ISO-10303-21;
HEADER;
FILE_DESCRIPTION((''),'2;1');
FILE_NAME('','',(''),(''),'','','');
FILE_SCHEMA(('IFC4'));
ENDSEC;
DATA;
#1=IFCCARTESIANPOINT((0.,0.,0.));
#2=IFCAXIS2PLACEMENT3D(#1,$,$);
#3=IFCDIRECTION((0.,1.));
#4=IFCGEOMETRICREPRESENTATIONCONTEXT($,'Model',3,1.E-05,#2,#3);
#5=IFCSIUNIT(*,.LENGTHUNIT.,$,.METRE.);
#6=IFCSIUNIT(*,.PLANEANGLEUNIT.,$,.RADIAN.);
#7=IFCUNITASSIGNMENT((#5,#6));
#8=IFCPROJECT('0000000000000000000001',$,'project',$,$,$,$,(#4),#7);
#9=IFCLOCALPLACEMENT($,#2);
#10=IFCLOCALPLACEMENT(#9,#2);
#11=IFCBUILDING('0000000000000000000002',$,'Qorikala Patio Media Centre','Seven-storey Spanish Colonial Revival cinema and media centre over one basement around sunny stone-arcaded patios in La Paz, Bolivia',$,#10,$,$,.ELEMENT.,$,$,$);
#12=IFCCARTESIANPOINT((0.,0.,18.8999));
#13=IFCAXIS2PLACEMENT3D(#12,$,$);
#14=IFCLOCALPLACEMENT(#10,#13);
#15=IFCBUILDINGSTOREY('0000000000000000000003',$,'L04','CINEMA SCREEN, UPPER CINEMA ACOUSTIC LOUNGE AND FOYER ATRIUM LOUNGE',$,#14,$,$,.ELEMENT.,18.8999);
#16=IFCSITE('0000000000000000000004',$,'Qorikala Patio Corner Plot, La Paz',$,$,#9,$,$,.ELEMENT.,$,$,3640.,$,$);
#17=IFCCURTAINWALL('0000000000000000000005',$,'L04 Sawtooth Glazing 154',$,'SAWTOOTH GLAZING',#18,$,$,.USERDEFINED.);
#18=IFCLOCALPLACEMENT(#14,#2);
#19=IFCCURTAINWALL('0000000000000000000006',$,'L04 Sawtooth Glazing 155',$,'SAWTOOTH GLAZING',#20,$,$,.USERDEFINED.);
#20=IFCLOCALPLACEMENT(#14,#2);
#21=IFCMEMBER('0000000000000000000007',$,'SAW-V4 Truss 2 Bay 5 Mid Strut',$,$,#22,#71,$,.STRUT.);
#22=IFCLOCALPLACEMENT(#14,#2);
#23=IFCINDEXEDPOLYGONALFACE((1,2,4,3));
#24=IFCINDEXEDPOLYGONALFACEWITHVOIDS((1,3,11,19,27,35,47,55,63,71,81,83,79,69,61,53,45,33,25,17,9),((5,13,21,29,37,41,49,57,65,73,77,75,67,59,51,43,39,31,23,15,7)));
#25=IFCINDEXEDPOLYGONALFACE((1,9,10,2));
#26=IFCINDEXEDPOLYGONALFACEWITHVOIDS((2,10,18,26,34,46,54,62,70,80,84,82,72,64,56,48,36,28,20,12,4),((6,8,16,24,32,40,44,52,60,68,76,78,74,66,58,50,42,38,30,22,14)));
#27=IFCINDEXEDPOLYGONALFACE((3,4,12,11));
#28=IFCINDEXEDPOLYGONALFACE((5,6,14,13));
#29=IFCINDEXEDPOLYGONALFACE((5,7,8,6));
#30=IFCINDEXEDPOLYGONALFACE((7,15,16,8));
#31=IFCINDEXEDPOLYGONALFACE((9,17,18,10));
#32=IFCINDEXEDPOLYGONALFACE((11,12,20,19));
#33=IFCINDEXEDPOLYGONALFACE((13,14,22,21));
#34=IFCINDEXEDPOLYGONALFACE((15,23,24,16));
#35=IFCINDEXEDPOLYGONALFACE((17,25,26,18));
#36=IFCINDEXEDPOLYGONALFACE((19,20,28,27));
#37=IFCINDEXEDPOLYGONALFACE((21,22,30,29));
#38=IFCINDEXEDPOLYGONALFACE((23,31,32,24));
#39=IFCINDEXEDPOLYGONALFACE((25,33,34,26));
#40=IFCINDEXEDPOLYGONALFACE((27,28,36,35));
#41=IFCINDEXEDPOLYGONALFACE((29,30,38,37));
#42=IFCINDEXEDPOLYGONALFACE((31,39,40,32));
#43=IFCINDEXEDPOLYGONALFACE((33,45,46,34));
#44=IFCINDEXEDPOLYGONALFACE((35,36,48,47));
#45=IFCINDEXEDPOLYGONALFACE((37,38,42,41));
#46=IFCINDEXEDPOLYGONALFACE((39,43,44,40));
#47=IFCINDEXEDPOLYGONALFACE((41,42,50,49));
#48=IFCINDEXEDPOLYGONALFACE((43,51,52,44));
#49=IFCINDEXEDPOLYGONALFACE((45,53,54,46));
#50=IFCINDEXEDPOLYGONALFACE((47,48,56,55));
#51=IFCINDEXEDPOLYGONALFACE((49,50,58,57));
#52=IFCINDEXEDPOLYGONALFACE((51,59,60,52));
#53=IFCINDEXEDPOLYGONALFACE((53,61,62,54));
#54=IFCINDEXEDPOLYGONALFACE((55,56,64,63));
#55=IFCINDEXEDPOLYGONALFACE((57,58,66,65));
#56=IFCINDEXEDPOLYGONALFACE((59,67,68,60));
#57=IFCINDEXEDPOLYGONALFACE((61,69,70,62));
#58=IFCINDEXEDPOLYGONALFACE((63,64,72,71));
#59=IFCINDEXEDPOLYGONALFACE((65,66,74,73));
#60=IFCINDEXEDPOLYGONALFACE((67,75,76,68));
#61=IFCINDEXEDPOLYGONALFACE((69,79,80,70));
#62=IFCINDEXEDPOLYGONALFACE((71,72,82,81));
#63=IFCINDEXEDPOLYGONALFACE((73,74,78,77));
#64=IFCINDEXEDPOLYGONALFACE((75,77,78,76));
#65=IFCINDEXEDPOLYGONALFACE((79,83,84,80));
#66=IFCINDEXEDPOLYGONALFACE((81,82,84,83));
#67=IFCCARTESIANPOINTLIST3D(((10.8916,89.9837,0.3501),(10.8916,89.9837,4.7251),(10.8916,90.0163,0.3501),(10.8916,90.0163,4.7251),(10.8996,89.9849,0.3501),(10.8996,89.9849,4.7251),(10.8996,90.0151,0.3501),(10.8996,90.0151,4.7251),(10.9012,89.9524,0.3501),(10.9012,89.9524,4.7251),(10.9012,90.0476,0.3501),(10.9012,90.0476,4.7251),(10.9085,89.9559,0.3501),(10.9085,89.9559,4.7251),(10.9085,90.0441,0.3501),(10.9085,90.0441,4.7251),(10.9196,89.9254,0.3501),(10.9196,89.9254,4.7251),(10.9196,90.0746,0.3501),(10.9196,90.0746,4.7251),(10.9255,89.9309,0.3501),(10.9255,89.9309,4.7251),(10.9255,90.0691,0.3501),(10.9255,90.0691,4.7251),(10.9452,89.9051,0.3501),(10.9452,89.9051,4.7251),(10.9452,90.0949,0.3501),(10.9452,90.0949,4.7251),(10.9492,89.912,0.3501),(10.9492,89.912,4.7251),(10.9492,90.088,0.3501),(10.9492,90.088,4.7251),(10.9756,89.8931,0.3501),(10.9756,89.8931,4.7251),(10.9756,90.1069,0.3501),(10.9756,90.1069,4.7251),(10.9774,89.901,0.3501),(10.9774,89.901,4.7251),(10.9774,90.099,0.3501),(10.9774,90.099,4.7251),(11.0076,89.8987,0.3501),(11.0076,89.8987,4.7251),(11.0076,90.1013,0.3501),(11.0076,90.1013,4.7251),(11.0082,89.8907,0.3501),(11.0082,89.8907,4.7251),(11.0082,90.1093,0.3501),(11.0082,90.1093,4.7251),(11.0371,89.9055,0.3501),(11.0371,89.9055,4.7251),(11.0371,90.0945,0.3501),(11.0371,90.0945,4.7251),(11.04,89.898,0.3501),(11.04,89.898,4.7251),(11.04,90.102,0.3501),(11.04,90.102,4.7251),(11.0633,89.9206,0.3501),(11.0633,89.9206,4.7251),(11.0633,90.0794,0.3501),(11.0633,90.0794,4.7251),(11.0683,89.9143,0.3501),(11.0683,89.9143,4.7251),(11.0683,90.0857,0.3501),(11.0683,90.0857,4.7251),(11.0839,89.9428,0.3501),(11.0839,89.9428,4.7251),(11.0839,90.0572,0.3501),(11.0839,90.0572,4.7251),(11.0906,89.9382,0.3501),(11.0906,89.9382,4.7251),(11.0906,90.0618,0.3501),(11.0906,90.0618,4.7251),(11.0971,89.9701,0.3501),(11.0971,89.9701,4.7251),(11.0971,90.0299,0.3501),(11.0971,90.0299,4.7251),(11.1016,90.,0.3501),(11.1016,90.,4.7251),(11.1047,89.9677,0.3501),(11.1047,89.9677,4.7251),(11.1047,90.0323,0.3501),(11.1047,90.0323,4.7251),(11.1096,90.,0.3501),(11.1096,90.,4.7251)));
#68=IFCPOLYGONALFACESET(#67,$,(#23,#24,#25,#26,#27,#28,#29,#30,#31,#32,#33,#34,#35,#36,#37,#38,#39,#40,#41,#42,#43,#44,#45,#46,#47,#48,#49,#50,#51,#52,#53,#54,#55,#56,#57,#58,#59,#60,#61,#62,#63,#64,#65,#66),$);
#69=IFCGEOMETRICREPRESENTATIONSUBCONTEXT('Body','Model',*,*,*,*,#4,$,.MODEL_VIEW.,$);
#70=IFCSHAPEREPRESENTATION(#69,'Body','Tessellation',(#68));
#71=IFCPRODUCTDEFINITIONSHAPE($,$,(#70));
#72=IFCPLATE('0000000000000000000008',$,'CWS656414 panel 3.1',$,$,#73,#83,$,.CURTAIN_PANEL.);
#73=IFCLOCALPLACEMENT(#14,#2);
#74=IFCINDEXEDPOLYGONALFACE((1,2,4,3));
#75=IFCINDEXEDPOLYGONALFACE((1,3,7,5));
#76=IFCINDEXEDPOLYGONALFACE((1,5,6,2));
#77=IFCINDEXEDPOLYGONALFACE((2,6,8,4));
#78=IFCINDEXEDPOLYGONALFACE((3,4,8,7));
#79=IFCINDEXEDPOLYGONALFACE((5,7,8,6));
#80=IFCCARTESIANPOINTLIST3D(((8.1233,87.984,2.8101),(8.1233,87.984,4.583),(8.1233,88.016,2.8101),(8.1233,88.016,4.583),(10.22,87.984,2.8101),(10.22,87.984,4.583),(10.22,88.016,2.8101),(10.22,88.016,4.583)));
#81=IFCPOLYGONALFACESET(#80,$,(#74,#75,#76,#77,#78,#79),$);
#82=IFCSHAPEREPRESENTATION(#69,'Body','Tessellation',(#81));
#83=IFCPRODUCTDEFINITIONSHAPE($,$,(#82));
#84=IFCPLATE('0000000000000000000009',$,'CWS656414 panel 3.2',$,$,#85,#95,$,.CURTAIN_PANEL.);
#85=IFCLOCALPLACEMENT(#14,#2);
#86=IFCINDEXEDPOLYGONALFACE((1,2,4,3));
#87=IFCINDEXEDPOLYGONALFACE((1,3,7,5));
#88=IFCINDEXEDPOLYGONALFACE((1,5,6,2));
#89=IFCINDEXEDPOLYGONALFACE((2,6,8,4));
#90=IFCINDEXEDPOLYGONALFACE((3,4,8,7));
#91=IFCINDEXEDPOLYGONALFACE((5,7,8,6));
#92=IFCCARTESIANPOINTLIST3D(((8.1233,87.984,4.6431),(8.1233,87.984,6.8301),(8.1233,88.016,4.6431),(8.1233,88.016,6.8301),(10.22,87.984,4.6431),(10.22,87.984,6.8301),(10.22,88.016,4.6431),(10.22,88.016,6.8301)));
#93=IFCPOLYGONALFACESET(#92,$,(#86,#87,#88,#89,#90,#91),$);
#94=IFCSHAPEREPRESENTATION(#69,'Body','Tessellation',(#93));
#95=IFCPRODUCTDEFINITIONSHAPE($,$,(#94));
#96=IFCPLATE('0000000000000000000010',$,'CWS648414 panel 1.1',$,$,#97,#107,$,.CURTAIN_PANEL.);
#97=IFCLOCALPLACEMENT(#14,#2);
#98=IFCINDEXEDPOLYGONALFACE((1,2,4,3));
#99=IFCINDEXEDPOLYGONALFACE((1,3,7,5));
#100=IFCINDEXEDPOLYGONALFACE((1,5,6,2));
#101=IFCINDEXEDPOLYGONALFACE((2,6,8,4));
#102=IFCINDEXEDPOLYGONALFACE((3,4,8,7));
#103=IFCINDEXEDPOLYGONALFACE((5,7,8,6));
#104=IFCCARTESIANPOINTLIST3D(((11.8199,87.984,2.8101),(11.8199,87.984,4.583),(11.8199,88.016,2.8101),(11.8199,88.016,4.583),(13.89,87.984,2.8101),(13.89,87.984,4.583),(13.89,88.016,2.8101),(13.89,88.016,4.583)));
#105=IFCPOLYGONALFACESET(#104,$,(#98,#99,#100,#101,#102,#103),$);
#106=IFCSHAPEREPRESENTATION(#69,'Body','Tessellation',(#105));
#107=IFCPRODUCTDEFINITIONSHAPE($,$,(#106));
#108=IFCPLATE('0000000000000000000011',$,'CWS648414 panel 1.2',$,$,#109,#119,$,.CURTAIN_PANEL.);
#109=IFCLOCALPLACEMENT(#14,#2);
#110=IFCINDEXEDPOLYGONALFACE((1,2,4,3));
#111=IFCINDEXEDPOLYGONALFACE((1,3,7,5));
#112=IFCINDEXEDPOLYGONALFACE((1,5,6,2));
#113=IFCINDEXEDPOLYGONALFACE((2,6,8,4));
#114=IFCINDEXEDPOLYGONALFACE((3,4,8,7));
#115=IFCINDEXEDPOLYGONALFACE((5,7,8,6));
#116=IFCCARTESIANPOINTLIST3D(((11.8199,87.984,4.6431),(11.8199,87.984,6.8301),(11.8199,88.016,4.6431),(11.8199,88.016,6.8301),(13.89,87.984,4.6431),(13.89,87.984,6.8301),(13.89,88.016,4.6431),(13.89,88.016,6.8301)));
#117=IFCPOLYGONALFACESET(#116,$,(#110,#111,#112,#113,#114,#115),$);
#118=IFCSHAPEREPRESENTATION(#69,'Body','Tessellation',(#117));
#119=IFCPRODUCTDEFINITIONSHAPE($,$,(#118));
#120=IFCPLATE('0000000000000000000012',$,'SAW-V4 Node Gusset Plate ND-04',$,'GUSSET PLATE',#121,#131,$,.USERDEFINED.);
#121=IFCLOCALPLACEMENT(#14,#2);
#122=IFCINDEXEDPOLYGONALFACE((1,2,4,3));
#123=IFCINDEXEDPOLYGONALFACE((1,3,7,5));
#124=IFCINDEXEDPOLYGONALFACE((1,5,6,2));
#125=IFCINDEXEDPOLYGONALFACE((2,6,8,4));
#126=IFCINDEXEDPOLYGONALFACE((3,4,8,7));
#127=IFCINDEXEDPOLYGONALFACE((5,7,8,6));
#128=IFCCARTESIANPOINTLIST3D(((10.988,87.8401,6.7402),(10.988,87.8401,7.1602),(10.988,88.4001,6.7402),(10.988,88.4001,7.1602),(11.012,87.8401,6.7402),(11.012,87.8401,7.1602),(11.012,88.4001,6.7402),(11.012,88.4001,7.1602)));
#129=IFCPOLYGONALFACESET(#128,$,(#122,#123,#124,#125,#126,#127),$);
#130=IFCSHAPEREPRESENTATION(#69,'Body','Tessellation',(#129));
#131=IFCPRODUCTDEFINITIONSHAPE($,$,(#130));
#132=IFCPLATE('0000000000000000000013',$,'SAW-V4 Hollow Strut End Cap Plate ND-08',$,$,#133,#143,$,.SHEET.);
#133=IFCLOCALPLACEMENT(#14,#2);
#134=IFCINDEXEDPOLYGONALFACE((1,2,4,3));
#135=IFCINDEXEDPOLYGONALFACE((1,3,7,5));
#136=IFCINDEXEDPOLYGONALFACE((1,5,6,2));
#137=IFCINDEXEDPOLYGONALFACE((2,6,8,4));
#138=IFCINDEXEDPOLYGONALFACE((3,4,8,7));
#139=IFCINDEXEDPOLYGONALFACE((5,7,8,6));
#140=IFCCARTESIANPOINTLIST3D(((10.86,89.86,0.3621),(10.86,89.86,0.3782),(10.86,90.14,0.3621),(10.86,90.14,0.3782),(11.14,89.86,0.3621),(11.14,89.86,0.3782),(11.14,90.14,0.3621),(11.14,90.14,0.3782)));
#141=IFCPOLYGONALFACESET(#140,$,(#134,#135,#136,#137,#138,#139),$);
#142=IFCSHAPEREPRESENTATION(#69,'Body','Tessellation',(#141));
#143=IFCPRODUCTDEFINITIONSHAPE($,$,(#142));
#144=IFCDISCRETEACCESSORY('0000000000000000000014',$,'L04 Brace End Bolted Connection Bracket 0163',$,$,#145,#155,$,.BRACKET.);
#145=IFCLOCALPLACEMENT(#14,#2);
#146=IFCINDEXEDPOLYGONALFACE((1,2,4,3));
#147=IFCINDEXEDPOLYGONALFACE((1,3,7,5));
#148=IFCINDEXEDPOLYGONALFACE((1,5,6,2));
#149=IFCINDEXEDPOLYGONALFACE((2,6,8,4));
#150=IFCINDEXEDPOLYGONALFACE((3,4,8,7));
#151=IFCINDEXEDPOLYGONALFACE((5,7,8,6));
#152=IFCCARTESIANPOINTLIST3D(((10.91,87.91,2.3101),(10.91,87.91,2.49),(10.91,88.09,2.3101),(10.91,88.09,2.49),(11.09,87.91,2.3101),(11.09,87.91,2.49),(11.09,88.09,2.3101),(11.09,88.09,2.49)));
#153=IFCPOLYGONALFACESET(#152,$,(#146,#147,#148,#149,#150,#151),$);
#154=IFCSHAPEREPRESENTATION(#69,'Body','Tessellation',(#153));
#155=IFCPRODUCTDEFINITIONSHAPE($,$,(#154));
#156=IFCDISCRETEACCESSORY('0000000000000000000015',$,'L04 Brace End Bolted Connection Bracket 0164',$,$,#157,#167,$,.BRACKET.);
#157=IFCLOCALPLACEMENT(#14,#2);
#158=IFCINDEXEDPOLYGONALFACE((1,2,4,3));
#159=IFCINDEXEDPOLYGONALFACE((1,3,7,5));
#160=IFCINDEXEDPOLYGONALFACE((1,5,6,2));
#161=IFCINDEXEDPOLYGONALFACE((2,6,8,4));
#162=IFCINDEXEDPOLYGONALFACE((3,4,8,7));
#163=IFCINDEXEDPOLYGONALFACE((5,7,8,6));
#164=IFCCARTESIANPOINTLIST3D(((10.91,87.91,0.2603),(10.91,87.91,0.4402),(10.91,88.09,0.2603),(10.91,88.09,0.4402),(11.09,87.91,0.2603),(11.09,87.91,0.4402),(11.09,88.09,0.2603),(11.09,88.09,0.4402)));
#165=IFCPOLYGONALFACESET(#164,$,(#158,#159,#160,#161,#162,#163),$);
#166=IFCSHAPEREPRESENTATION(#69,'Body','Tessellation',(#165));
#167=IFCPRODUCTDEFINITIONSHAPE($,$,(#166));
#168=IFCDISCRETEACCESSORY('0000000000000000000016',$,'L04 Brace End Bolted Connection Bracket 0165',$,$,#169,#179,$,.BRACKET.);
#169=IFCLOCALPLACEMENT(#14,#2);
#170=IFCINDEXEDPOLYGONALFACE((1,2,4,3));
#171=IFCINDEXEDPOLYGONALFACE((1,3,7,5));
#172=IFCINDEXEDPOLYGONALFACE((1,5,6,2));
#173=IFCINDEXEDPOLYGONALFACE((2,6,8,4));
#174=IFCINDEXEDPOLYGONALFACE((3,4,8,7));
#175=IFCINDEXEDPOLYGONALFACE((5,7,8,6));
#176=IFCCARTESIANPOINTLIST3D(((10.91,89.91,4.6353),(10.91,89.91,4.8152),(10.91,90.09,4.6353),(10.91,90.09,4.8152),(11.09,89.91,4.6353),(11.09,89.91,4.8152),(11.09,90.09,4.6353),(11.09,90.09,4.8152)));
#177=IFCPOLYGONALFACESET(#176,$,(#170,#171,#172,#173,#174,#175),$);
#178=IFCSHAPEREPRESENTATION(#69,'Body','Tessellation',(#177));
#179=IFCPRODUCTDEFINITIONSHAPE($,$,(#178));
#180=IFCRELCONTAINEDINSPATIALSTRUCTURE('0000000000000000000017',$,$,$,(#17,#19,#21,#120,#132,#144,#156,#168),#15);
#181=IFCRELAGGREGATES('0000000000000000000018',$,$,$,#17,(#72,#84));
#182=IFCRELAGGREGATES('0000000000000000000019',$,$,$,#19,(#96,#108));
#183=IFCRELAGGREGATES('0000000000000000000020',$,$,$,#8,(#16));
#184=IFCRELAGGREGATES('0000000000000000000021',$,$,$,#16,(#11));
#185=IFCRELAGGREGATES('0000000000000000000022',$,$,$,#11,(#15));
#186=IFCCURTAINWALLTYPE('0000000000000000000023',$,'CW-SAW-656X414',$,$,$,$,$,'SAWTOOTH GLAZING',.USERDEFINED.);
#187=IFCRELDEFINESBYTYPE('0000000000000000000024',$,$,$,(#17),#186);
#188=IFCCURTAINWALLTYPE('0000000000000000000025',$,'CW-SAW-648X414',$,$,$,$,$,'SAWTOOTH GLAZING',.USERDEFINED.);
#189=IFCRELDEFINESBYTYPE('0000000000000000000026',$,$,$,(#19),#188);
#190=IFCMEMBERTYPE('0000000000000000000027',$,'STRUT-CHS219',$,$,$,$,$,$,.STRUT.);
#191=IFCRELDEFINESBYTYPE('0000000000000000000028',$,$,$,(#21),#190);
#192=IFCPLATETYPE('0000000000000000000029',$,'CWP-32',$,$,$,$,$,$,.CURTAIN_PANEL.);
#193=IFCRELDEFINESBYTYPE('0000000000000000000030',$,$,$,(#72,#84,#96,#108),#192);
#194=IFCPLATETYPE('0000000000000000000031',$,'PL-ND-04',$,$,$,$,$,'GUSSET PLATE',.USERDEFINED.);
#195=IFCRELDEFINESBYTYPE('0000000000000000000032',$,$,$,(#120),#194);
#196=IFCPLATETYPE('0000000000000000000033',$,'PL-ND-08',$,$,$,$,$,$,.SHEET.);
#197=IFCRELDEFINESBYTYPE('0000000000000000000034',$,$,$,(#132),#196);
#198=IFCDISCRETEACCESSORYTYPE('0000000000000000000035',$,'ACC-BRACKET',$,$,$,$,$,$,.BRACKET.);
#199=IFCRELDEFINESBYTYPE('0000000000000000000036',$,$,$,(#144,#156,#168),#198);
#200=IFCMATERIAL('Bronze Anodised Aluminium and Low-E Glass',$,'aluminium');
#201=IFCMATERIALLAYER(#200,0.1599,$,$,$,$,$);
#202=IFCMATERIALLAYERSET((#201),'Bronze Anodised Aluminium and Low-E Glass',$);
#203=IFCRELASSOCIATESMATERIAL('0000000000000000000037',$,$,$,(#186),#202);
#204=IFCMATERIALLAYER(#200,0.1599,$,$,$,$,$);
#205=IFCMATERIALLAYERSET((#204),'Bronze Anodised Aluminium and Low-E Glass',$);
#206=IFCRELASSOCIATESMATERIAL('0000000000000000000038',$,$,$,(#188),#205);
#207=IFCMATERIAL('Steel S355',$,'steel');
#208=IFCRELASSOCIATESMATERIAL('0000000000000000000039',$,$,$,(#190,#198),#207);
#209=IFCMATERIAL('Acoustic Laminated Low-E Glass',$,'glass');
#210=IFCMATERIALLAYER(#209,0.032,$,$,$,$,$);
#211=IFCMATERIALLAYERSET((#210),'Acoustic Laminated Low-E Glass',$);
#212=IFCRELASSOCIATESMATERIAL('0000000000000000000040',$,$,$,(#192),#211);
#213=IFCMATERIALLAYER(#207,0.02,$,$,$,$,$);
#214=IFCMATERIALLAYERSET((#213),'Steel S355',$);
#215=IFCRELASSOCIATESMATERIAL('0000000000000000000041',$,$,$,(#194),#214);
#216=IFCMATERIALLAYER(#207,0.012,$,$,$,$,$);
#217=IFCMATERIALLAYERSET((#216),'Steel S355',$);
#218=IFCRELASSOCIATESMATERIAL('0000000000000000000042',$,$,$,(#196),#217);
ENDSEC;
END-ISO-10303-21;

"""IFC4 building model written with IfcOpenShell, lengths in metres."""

from ifc_helpers import new_model, si_unit, direction, frame, origin, origin_2d, place, context, subcontext, project, spatial, rectangle, hollow_circle, extrude, material, layer, layer_set, material_profile, profile_set, type_object, element, aggregate, save


model = new_model("IFC4")

# Units and contexts
model_context = context("Model", 3, precision=1e-05, world=origin(), true_north=direction((0.0, 1.0)))
body_context = subcontext(model_context, "Body", "Model", "MODEL_VIEW")
ifc_project = project(units=[si_unit("LENGTHUNIT", "METRE"), si_unit("PLANEANGLEUNIT", "RADIAN")], contexts=[model_context])

# Site, building, storey
site_placement = place(None, origin())
site = spatial("IfcSite", under=ifc_project, at=site_placement, Name="Qorikala Patio Corner Plot, La Paz", CompositionType="ELEMENT", RefElevation=3640.0)
building_placement = place(site_placement, origin())
building = spatial("IfcBuilding", under=site, at=building_placement, Name="Qorikala Patio Media Centre", Description="Seven-storey Spanish Colonial Revival cinema and media centre over one basement around sunny stone-arcaded patios in La Paz, Bolivia", CompositionType="ELEMENT")
storey_placement = place(building_placement, frame((0.0, 0.0, 18.8999)))
storey = spatial("IfcBuildingStorey", under=building, at=storey_placement, Name="L04", Description="CINEMA SCREEN, UPPER CINEMA ACOUSTIC LOUNGE AND FOYER ATRIUM LOUNGE", CompositionType="ELEMENT", Elevation=18.8999)

# Shared definitions
ifc_material_1 = material(Name="Steel S355", Category="steel")

# Curtain wall
ifc_material_2 = material(Name="Bronze Anodised Aluminium and Low-E Glass", Category="aluminium")
ifc_layer_1 = layer(ifc_material_2, 0.1599)
ifc_layer_set_1 = layer_set([ifc_layer_1], Name="Bronze Anodised Aluminium and Low-E Glass")
curtain_wall_type_1 = type_object("IfcCurtainWallType", Name="CW-SAW-656X414", ElementType="SAWTOOTH GLAZING", PredefinedType="USERDEFINED", material=ifc_layer_set_1)
curtain_wall_1_placement = place(storey_placement, origin())
curtain_wall_1 = element("IfcCurtainWall", 1, at=curtain_wall_1_placement, inside=storey, type_object=curtain_wall_type_1, Name="L04 Sawtooth Glazing 154", ObjectType="SAWTOOTH GLAZING", PredefinedType="USERDEFINED")

# Curtain wall
ifc_layer_2 = layer(ifc_material_2, 0.1599)
ifc_layer_set_2 = layer_set([ifc_layer_2], Name="Bronze Anodised Aluminium and Low-E Glass")
curtain_wall_type_2 = type_object("IfcCurtainWallType", Name="CW-SAW-648X414", ElementType="SAWTOOTH GLAZING", PredefinedType="USERDEFINED", material=ifc_layer_set_2)
curtain_wall_2_placement = place(storey_placement, origin())
curtain_wall_2 = element("IfcCurtainWall", 2, at=curtain_wall_2_placement, inside=storey, type_object=curtain_wall_type_2, Name="L04 Sawtooth Glazing 155", ObjectType="SAWTOOTH GLAZING", PredefinedType="USERDEFINED")

# Member
ifc_material_profile_1 = material_profile(ifc_material_1, hollow_circle(Radius=0.1096, WallThickness=0.0081, at=origin_2d()), Name="CHS219X8")
ifc_profile_set_1 = profile_set([ifc_material_profile_1], Name="Steel S355")
member_type_1 = type_object("IfcMemberType", Name="STRUT-CHS219", PredefinedType="STRUT", material=ifc_profile_set_1)
member_1_placement = place(storey_placement, frame((11.0, 90.0, 0.3501), z_axis=(0.0, 0.0, 1.0), x_axis=(1.0, 0.0, 0.0)))
element("IfcMember", 3, at=member_1_placement, inside=storey, type_object=member_type_1, Name="SAW-V4 Truss 2 Bay 5 Mid Strut", PredefinedType="STRUT", context=body_context, shape_type="SweptSolid", body=[
    extrude(hollow_circle(Radius=0.1096, WallThickness=0.0081, at=origin_2d()), origin(), (0.0, 0.0, 1.0), 4.375),
])

# Plates
ifc_material_3 = material(Name="Acoustic Laminated Low-E Glass", Category="glass")
ifc_layer_3 = layer(ifc_material_3, 0.032)
ifc_layer_set_3 = layer_set([ifc_layer_3], Name="Acoustic Laminated Low-E Glass")
plate_type_1 = type_object("IfcPlateType", Name="CWP-32", PredefinedType="CURTAIN_PANEL", material=ifc_layer_set_3)
plate_1_placement = place(storey_placement, frame((9.1716, 88.0, 2.8101), z_axis=(0.0, 0.0, 1.0), x_axis=(1.0, 0.0, 0.0)))
plate_1 = element("IfcPlate", 4, at=plate_1_placement, type_object=plate_type_1, Name="CWS656414 panel 3.1", PredefinedType="CURTAIN_PANEL", context=body_context, shape_type="SweptSolid", body=[
    extrude(rectangle(XDim=2.0967, YDim=0.032, at=origin_2d()), origin(), (0.0, 0.0, 1.0), 1.7729),
])
plate_2_placement = place(storey_placement, frame((9.1716, 88.0, 4.6431), z_axis=(0.0, 0.0, 1.0), x_axis=(1.0, 0.0, 0.0)))
plate_2 = element("IfcPlate", 5, at=plate_2_placement, type_object=plate_type_1, Name="CWS656414 panel 3.2", PredefinedType="CURTAIN_PANEL", context=body_context, shape_type="SweptSolid", body=[
    extrude(rectangle(XDim=2.0967, YDim=0.032, at=origin_2d()), origin(), (0.0, 0.0, 1.0), 2.187),
])
aggregate(curtain_wall_1, [plate_1, plate_2])
plate_3_placement = place(storey_placement, frame((12.855, 88.0, 2.8101), z_axis=(0.0, 0.0, 1.0), x_axis=(1.0, 0.0, 0.0)))
plate_3 = element("IfcPlate", 6, at=plate_3_placement, type_object=plate_type_1, Name="CWS648414 panel 1.1", PredefinedType="CURTAIN_PANEL", context=body_context, shape_type="SweptSolid", body=[
    extrude(rectangle(XDim=2.0701, YDim=0.032, at=origin_2d()), origin(), (0.0, 0.0, 1.0), 1.7729),
])
plate_4_placement = place(storey_placement, frame((12.855, 88.0, 4.6431), z_axis=(0.0, 0.0, 1.0), x_axis=(1.0, 0.0, 0.0)))
plate_4 = element("IfcPlate", 7, at=plate_4_placement, type_object=plate_type_1, Name="CWS648414 panel 1.2", PredefinedType="CURTAIN_PANEL", context=body_context, shape_type="SweptSolid", body=[
    extrude(rectangle(XDim=2.0701, YDim=0.032, at=origin_2d()), origin(), (0.0, 0.0, 1.0), 2.187),
])
aggregate(curtain_wall_2, [plate_3, plate_4])

# Plates
ifc_layer_4 = layer(ifc_material_1, 0.02)
ifc_layer_set_4 = layer_set([ifc_layer_4], Name="Steel S355")
plate_type_2 = type_object("IfcPlateType", Name="PL-ND-04", ElementType="GUSSET PLATE", PredefinedType="USERDEFINED", material=ifc_layer_set_4)
plate_5_placement = place(storey_placement, frame((11.0, 88.1201, 6.7402), z_axis=(0.0, 0.0, 1.0), x_axis=(1.0, 0.0, 0.0)))
element("IfcPlate", 8, at=plate_5_placement, inside=storey, type_object=plate_type_2, Name="SAW-V4 Node Gusset Plate ND-04", ObjectType="GUSSET PLATE", PredefinedType="USERDEFINED", context=body_context, shape_type="SweptSolid", body=[
    extrude(rectangle(XDim=0.0239, YDim=0.5601, at=origin_2d()), origin(), (0.0, 0.0, 1.0), 0.4199),
])
ifc_layer_5 = layer(ifc_material_1, 0.012)
ifc_layer_set_5 = layer_set([ifc_layer_5], Name="Steel S355")
plate_type_3 = type_object("IfcPlateType", Name="PL-ND-08", PredefinedType="SHEET", material=ifc_layer_set_5)
plate_6_placement = place(storey_placement, frame((11.0, 90.0, 0.3621), z_axis=(0.0, 0.0, 1.0), x_axis=(1.0, 0.0, 0.0)))
element("IfcPlate", 9, at=plate_6_placement, inside=storey, type_object=plate_type_3, Name="SAW-V4 Hollow Strut End Cap Plate ND-08", PredefinedType="SHEET", context=body_context, shape_type="SweptSolid", body=[
    extrude(rectangle(XDim=0.28, YDim=0.28, at=origin_2d()), origin(), (0.0, 0.0, 1.0), 0.0161),
])

# Discrete accessories
discrete_accessory_type = type_object("IfcDiscreteAccessoryType", Name="ACC-BRACKET", PredefinedType="BRACKET", material=ifc_material_1)
for number, where, z_axis, x_axis, name in (
    (10, (11.0, 88.0, 2.3101), (0.0, 0.0, 1.0), (1.0, 0.0, 0.0), "L04 Brace End Bolted Connection Bracket 0163"),
    (11, (11.0, 88.0, 0.2603), (0.0, 0.0, 1.0), (1.0, 0.0, 0.0), "L04 Brace End Bolted Connection Bracket 0164"),
    (12, (11.0, 90.0, 4.6353), (0.0, 0.0, 1.0), (1.0, 0.0, 0.0), "L04 Brace End Bolted Connection Bracket 0165"),
):
    element("IfcDiscreteAccessory", number, at=place(storey_placement, frame(where, z_axis=z_axis, x_axis=x_axis)), inside=storey, type_object=discrete_accessory_type, Name=name, PredefinedType="BRACKET", context=body_context, shape_type="SweptSolid", body=[
        extrude(rectangle(XDim=0.1799, YDim=0.1799, at=origin_2d()), origin(), (0.0, 0.0, 1.0), 0.1799),
    ])

save(model, "model.ifc")
